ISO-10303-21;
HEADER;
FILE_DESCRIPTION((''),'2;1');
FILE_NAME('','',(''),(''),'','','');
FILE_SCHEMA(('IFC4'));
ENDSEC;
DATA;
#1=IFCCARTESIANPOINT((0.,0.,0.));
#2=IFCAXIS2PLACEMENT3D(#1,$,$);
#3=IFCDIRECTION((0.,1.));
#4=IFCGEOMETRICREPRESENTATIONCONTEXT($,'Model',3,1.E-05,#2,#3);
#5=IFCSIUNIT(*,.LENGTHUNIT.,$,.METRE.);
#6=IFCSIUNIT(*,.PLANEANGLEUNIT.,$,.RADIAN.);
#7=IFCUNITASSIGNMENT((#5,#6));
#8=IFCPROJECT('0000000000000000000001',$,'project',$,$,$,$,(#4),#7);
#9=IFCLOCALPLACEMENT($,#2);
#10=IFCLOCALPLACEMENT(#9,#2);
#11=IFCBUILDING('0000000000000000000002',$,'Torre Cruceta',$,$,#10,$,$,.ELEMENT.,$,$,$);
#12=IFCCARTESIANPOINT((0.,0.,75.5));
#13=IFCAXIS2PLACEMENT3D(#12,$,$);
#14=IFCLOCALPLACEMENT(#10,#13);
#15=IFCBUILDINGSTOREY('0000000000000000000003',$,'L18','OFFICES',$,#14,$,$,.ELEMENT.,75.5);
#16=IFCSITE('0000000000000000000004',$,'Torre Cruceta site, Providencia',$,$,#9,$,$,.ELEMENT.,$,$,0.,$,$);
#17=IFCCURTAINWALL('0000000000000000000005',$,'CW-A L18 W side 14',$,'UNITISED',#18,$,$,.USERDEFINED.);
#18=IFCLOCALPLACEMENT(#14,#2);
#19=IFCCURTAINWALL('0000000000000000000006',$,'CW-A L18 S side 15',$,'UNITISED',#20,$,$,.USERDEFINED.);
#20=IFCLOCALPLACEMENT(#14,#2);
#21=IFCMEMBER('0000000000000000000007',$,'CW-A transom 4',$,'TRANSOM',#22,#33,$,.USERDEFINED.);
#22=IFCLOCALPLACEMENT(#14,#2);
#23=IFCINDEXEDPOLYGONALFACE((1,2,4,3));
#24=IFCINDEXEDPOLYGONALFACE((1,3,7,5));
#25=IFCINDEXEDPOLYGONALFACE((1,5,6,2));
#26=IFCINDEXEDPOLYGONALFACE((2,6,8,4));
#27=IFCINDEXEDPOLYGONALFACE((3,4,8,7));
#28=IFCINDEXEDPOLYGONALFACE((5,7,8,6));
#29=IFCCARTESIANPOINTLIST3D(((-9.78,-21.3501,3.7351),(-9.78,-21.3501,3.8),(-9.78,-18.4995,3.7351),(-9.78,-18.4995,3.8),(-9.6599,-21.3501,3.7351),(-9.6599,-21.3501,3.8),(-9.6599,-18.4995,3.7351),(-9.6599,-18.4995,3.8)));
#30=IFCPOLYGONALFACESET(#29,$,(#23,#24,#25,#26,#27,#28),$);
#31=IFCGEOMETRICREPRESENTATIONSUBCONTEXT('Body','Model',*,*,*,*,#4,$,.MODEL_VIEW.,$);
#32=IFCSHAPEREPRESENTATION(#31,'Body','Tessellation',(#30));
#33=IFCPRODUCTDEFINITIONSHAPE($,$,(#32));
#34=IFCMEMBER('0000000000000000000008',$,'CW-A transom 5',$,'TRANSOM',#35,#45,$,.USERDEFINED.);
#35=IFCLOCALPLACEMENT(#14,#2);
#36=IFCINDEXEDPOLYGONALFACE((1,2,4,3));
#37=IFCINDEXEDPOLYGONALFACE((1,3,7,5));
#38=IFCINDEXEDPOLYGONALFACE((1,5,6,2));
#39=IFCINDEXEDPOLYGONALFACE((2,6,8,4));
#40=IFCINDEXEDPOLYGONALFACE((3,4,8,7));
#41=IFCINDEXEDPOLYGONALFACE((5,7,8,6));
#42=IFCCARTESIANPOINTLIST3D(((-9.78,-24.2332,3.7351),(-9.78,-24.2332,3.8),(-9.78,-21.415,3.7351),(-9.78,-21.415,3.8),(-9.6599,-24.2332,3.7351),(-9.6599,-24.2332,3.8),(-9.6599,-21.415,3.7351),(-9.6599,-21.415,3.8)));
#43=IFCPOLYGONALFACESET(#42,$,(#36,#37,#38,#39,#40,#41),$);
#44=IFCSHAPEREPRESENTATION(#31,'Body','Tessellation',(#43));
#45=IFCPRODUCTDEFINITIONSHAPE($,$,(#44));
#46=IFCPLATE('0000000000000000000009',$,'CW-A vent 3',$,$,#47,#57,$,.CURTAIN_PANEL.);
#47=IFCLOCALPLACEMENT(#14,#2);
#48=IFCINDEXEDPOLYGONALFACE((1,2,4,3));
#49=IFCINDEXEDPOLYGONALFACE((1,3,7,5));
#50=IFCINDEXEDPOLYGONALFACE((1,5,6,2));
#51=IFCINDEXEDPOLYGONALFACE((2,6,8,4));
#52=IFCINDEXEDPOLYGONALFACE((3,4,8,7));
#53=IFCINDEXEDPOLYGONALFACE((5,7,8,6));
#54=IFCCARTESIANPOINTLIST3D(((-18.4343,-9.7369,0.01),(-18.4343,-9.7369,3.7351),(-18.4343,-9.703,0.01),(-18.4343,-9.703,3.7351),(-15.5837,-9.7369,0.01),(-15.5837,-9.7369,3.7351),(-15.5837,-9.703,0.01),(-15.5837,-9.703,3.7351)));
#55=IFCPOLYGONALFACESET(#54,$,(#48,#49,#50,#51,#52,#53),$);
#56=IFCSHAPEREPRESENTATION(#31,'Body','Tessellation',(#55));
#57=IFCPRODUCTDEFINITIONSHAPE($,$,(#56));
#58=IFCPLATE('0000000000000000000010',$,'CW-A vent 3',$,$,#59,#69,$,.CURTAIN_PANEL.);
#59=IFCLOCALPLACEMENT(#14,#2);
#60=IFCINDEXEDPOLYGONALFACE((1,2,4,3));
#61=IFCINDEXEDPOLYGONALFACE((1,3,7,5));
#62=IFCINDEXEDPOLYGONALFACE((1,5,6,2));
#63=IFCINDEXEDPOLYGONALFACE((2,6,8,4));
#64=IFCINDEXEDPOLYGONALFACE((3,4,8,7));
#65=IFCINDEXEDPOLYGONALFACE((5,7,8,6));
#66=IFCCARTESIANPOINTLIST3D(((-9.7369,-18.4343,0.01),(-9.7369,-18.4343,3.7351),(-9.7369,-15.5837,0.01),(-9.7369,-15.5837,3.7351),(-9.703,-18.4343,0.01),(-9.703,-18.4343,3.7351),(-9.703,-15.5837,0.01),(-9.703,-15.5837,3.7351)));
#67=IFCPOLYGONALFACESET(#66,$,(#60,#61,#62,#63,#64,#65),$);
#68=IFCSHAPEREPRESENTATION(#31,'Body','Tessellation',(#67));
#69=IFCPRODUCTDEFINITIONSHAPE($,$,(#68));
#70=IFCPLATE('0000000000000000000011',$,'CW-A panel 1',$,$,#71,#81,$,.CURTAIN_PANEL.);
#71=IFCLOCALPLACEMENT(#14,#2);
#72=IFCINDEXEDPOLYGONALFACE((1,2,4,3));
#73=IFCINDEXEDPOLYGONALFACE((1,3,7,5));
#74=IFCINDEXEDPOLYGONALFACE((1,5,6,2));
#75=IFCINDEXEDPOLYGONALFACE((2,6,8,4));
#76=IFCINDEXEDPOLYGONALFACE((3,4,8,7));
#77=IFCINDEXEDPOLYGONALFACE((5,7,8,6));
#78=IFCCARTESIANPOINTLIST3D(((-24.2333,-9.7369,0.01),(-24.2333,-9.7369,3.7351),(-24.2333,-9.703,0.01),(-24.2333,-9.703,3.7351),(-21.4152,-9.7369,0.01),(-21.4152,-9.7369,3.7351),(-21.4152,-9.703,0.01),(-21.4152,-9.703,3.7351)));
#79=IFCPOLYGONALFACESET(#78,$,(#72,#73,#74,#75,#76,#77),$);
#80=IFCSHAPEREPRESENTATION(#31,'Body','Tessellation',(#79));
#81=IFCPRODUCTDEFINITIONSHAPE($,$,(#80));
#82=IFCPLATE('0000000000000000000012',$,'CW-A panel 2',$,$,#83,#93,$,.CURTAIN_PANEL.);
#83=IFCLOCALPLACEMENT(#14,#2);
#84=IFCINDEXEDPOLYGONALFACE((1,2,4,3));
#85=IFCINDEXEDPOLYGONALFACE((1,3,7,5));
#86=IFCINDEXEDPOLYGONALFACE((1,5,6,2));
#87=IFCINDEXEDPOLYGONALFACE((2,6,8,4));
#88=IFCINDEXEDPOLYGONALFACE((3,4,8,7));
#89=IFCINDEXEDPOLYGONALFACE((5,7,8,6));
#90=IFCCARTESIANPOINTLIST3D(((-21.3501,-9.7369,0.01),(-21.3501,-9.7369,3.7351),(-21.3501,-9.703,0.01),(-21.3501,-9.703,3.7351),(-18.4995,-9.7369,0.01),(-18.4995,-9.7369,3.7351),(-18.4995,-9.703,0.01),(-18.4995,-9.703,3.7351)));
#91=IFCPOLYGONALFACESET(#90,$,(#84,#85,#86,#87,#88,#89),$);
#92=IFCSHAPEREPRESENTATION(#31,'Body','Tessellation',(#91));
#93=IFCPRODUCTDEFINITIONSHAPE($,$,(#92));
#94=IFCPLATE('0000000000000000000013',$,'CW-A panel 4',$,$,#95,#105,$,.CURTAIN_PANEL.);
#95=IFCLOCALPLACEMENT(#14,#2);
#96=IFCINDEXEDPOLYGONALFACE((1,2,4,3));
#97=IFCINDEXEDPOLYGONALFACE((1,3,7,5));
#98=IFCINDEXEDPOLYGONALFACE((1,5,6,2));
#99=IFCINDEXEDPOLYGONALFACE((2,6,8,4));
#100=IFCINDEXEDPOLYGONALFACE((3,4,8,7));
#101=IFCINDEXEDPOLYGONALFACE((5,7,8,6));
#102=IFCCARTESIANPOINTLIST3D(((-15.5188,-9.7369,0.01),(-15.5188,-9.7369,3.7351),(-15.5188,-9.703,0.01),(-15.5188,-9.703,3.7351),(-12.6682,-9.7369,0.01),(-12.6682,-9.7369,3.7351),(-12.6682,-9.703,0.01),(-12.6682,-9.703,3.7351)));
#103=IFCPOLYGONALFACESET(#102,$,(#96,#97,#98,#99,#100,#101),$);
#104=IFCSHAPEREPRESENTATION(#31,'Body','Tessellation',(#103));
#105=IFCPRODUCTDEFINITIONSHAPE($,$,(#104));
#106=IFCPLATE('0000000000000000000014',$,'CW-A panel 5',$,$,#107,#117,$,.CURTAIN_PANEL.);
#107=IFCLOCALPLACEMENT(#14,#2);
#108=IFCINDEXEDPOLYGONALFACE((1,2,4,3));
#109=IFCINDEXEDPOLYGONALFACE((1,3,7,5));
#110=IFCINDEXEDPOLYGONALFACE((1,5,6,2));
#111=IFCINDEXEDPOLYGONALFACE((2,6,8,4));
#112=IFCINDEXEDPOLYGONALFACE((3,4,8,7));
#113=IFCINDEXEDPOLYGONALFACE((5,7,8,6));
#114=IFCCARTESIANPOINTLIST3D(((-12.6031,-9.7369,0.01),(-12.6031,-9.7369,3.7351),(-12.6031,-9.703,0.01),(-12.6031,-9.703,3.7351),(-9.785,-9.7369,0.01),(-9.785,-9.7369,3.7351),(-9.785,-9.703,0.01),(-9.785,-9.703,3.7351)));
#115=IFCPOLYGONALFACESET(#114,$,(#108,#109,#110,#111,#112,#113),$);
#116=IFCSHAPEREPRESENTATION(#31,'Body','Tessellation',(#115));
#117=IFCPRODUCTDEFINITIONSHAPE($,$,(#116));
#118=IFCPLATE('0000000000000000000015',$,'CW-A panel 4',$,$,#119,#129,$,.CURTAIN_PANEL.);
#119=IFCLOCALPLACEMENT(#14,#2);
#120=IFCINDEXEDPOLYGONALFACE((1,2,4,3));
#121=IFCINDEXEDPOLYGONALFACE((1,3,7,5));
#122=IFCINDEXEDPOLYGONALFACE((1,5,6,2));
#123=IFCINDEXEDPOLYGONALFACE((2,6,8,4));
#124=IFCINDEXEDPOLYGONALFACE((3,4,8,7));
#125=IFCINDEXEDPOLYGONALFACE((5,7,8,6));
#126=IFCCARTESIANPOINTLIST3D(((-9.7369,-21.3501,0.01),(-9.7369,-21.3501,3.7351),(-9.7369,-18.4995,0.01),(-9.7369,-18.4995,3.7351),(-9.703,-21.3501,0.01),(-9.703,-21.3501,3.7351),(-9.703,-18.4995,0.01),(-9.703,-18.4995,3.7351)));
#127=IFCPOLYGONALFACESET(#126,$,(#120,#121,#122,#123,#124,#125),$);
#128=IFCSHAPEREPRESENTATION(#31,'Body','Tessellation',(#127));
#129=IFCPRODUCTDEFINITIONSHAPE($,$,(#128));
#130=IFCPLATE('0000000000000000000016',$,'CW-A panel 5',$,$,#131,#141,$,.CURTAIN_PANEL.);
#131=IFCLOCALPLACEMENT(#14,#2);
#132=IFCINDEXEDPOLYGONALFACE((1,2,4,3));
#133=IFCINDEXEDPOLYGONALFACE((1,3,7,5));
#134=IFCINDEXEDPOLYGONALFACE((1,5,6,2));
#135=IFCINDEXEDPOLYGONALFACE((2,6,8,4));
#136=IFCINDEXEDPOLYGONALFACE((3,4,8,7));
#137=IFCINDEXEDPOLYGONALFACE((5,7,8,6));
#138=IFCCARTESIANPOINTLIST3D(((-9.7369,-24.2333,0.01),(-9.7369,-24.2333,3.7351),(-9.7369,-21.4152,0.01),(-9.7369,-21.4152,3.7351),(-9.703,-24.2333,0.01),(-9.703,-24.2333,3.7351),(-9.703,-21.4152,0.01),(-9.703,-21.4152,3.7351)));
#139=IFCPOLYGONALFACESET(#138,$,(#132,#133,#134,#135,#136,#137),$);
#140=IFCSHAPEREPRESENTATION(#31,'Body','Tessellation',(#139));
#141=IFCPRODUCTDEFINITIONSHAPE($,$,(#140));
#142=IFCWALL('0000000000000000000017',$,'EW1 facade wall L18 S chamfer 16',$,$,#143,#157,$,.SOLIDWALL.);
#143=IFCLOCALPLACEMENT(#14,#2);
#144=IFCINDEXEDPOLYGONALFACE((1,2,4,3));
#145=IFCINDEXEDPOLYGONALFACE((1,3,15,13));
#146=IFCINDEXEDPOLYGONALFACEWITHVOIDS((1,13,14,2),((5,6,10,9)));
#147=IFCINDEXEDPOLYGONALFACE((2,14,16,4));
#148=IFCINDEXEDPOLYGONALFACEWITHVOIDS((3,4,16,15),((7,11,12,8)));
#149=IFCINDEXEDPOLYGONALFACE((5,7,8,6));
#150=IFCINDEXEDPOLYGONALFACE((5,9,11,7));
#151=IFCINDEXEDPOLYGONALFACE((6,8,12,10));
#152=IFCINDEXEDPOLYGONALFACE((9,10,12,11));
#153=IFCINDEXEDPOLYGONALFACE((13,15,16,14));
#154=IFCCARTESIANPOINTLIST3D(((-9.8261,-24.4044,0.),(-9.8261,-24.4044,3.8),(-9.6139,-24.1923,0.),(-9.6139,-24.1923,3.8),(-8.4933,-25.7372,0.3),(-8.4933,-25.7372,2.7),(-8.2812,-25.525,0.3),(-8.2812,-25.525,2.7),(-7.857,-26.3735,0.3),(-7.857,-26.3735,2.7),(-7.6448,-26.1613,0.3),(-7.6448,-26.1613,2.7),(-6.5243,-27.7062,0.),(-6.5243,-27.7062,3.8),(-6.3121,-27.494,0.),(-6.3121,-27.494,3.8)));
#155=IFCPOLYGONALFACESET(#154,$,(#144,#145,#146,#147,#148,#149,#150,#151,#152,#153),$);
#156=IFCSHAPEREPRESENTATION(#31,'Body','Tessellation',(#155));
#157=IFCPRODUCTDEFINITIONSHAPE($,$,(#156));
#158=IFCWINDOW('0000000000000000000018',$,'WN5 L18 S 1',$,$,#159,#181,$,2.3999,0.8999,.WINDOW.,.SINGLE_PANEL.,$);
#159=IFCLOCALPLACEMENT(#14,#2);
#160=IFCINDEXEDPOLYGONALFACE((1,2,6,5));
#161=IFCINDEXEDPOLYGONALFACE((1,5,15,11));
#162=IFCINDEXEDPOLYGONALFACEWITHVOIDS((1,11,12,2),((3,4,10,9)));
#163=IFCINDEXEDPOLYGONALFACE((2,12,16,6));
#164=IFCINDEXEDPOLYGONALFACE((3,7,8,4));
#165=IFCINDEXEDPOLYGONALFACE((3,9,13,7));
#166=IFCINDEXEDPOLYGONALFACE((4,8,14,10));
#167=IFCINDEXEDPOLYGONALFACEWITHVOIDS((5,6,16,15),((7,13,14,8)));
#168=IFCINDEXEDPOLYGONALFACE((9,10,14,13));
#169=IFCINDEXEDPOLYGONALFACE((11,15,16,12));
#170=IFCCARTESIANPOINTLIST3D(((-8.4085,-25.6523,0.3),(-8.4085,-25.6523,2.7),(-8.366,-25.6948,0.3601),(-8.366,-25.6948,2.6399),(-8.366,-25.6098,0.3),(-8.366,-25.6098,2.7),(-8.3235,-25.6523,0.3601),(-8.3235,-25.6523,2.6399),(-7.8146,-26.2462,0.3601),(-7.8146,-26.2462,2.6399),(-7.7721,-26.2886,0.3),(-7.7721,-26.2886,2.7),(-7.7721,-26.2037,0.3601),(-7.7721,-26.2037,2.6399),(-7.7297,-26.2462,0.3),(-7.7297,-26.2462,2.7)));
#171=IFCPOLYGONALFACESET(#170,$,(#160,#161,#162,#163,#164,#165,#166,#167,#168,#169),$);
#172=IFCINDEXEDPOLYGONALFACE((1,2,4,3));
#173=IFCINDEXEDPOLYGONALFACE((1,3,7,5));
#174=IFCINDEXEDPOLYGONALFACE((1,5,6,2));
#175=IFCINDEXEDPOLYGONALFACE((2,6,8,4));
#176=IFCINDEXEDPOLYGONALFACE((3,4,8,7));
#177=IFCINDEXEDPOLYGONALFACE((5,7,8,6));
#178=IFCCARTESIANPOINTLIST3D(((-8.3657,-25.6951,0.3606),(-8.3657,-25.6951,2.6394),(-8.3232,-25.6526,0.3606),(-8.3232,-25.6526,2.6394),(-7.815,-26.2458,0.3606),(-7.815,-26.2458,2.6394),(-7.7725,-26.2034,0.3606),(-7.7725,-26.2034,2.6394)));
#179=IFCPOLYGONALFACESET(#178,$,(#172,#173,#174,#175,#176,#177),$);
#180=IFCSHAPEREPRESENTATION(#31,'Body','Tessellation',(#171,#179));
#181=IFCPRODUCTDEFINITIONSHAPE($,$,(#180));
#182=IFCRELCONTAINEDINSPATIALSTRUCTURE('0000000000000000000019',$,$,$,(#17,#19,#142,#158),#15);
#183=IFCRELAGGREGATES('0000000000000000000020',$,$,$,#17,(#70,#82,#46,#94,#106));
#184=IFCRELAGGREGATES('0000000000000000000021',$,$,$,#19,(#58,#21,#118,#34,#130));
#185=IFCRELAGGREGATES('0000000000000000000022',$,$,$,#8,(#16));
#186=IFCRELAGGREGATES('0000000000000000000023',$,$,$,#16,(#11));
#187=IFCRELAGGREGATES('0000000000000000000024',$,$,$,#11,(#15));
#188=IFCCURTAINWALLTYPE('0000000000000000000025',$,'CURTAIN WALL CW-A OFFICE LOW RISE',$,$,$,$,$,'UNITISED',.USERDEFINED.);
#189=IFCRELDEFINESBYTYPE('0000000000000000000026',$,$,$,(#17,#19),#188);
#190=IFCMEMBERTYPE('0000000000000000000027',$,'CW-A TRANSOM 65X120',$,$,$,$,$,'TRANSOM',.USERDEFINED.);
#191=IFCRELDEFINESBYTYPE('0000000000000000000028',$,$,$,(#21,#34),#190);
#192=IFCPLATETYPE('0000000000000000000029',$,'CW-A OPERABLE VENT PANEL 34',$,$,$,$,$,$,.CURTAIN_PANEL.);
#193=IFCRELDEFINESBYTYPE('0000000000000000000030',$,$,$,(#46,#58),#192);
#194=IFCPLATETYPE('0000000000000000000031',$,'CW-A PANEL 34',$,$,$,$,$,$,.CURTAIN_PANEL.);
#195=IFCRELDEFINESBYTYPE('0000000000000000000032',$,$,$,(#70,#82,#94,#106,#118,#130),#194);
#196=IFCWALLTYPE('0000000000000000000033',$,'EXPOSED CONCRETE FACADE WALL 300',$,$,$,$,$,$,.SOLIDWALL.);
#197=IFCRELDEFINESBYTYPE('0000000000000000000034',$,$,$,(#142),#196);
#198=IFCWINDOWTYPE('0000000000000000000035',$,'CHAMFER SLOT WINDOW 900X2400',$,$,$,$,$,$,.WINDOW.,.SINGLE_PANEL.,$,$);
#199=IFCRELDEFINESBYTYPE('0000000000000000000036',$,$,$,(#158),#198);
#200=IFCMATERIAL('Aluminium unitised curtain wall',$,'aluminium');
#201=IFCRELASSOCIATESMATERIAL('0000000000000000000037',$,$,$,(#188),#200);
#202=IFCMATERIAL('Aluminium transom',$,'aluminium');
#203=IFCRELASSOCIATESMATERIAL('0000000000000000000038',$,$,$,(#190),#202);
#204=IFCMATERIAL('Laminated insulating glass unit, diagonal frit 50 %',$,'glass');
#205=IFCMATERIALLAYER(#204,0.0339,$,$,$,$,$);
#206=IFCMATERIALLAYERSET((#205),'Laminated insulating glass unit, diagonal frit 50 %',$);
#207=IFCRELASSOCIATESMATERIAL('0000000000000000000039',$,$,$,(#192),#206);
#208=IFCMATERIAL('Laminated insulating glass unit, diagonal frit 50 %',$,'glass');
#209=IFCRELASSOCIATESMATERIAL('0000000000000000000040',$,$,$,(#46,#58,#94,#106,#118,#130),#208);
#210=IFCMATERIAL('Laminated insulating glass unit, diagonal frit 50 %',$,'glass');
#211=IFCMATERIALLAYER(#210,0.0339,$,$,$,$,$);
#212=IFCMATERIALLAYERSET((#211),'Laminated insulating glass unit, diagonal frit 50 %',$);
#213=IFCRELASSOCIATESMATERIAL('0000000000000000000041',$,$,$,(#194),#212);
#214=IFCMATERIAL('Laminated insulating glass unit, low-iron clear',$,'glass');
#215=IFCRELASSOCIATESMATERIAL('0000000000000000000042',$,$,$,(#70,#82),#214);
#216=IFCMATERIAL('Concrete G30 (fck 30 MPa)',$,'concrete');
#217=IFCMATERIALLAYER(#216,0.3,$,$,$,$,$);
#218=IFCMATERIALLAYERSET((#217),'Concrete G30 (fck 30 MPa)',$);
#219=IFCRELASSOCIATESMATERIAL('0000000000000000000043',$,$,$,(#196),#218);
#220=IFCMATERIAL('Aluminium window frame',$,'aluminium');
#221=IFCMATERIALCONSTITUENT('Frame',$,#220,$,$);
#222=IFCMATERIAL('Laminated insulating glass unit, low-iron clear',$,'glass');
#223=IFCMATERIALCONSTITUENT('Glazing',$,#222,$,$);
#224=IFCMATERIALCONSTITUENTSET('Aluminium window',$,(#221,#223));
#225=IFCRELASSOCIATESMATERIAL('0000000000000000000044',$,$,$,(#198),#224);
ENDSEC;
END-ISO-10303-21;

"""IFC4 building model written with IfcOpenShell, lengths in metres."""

from ifc_helpers import new_model, si_unit, direction, frame, frame_2d, origin, origin_2d, place, context, subcontext, project, spatial, rectangle, hollow_rectangle, extrude, material, layer, layer_set, constituent, constituent_set, material_profile, profile_set, type_object, element, fill, aggregate, save


model = new_model("IFC4")

# Units and contexts
model_context = context("Model", 3, precision=1e-05, world=origin(), true_north=direction((0.0, 1.0)))
body_context = subcontext(model_context, "Body", "Model", "MODEL_VIEW")
ifc_project = project(units=[si_unit("LENGTHUNIT", "METRE"), si_unit("PLANEANGLEUNIT", "RADIAN")], contexts=[model_context])

# Site, building, storey
site_placement = place(None, origin())
site = spatial("IfcSite", under=ifc_project, at=site_placement, Name="Torre Cruceta site, Providencia", CompositionType="ELEMENT", RefElevation=0.0)
building_placement = place(site_placement, origin())
building = spatial("IfcBuilding", under=site, at=building_placement, Name="Torre Cruceta", CompositionType="ELEMENT")
storey_placement = place(building_placement, frame((0.0, 0.0, 75.5)))
storey = spatial("IfcBuildingStorey", under=building, at=storey_placement, Name="L18", Description="OFFICES", CompositionType="ELEMENT", Elevation=75.5)

# Curtain walls
ifc_material_1 = material(Name="Aluminium unitised curtain wall", Category="aluminium")
curtain_wall_type = type_object("IfcCurtainWallType", Name="CURTAIN WALL CW-A OFFICE LOW RISE", ElementType="UNITISED", PredefinedType="USERDEFINED", material=ifc_material_1)
curtain_wall_1_placement = place(storey_placement, origin())
curtain_wall_1 = element("IfcCurtainWall", 1, at=curtain_wall_1_placement, inside=storey, type_object=curtain_wall_type, Name="CW-A L18 W side 14", ObjectType="UNITISED", PredefinedType="USERDEFINED")
curtain_wall_2_placement = place(storey_placement, origin())
curtain_wall_2 = element("IfcCurtainWall", 2, at=curtain_wall_2_placement, inside=storey, type_object=curtain_wall_type, Name="CW-A L18 S side 15", ObjectType="UNITISED", PredefinedType="USERDEFINED")

# Members
ifc_material_2 = material(Name="Aluminium transom", Category="aluminium")
ifc_material_profile_1 = material_profile(ifc_material_2, rectangle(XDim=0.1201, YDim=0.0649, at=origin_2d()), Name="AL 120X65")
ifc_profile_set_1 = profile_set([ifc_material_profile_1], Name="Aluminium transom")
member_type_1 = type_object("IfcMemberType", Name="CW-A TRANSOM 65X120", ElementType="TRANSOM", PredefinedType="USERDEFINED", material=ifc_profile_set_1)
member_1_placement = place(storey_placement, frame((-9.72, -18.4995, 3.7676), z_axis=(0.0, -1.0, 0.0), x_axis=(1.0, 0.0, 0.0)))
member_1 = element("IfcMember", 3, at=member_1_placement, type_object=member_type_1, Name="CW-A transom 4", ObjectType="TRANSOM", PredefinedType="USERDEFINED", context=body_context, shape_type="SweptSolid", body=[
    extrude(rectangle(XDim=0.1201, YDim=0.0649, at=origin_2d()), origin(), (0.0, 0.0, 1.0), 2.8506),
])
member_2_placement = place(storey_placement, frame((-9.72, -21.415, 3.7676), z_axis=(0.0, -1.0, 0.0), x_axis=(1.0, 0.0, 0.0)))
member_2 = element("IfcMember", 4, at=member_2_placement, type_object=member_type_1, Name="CW-A transom 5", ObjectType="TRANSOM", PredefinedType="USERDEFINED", context=body_context, shape_type="SweptSolid", body=[
    extrude(rectangle(XDim=0.1201, YDim=0.0649, at=origin_2d()), origin(), (0.0, 0.0, 1.0), 2.8181),
])

# Plates
ifc_material_3 = material(Name="Laminated insulating glass unit, diagonal frit 50 %", Category="glass")
ifc_material_4 = material(Name="Laminated insulating glass unit, diagonal frit 50 %", Category="glass")
ifc_layer_1 = layer(ifc_material_4, 0.0339)
ifc_layer_set_1 = layer_set([ifc_layer_1], Name="Laminated insulating glass unit, diagonal frit 50 %")
plate_type_1 = type_object("IfcPlateType", Name="CW-A OPERABLE VENT PANEL 34", PredefinedType="CURTAIN_PANEL", material=ifc_layer_set_1)
plate_1_placement = place(storey_placement, frame((-17.009, -9.72, 0.01), z_axis=(0.0, 0.0, 1.0), x_axis=(1.0, 0.0, 0.0)))
plate_1 = element("IfcPlate", 5, at=plate_1_placement, type_object=plate_type_1, material=ifc_material_3, Name="CW-A vent 3", PredefinedType="CURTAIN_PANEL", context=body_context, shape_type="SweptSolid", body=[
    extrude(rectangle(XDim=2.8506, YDim=0.0339, at=origin_2d()), origin(), (0.0, 0.0, 1.0), 3.7251),
])
plate_2_placement = place(storey_placement, frame((-9.72, -17.009, 0.01), z_axis=(0.0, 0.0, 1.0), x_axis=(0.0, -1.0, 0.0)))
plate_2 = element("IfcPlate", 6, at=plate_2_placement, type_object=plate_type_1, material=ifc_material_3, Name="CW-A vent 3", PredefinedType="CURTAIN_PANEL", context=body_context, shape_type="SweptSolid", body=[
    extrude(rectangle(XDim=2.8506, YDim=0.0339, at=origin_2d()), origin(), (0.0, 0.0, 1.0), 3.7251),
])
ifc_material_5 = material(Name="Laminated insulating glass unit, low-iron clear", Category="glass")
ifc_material_6 = material(Name="Laminated insulating glass unit, diagonal frit 50 %", Category="glass")
ifc_layer_2 = layer(ifc_material_6, 0.0339)
ifc_layer_set_2 = layer_set([ifc_layer_2], Name="Laminated insulating glass unit, diagonal frit 50 %")
plate_type_2 = type_object("IfcPlateType", Name="CW-A PANEL 34", PredefinedType="CURTAIN_PANEL", material=ifc_layer_set_2)
plate_3_placement = place(storey_placement, frame((-22.8242, -9.72, 0.01), z_axis=(0.0, 0.0, 1.0), x_axis=(1.0, 0.0, 0.0)))
plate_3 = element("IfcPlate", 7, at=plate_3_placement, type_object=plate_type_2, material=ifc_material_5, Name="CW-A panel 1", PredefinedType="CURTAIN_PANEL", context=body_context, shape_type="SweptSolid", body=[
    extrude(rectangle(XDim=2.8181, YDim=0.0339, at=origin_2d()), origin(), (0.0, 0.0, 1.0), 3.7251),
])
plate_4_placement = place(storey_placement, frame((-19.9248, -9.72, 0.01), z_axis=(0.0, 0.0, 1.0), x_axis=(1.0, 0.0, 0.0)))
plate_4 = element("IfcPlate", 8, at=plate_4_placement, type_object=plate_type_2, material=ifc_material_5, Name="CW-A panel 2", PredefinedType="CURTAIN_PANEL", context=body_context, shape_type="SweptSolid", body=[
    extrude(rectangle(XDim=2.8506, YDim=0.0339, at=origin_2d()), origin(), (0.0, 0.0, 1.0), 3.7251),
])
plate_5_placement = place(storey_placement, frame((-14.0935, -9.72, 0.01), z_axis=(0.0, 0.0, 1.0), x_axis=(1.0, 0.0, 0.0)))
plate_5 = element("IfcPlate", 9, at=plate_5_placement, type_object=plate_type_2, material=ifc_material_3, Name="CW-A panel 4", PredefinedType="CURTAIN_PANEL", context=body_context, shape_type="SweptSolid", body=[
    extrude(rectangle(XDim=2.8506, YDim=0.0339, at=origin_2d()), origin(), (0.0, 0.0, 1.0), 3.7251),
])
plate_6_placement = place(storey_placement, frame((-11.1941, -9.72, 0.01), z_axis=(0.0, 0.0, 1.0), x_axis=(1.0, 0.0, 0.0)))
plate_6 = element("IfcPlate", 10, at=plate_6_placement, type_object=plate_type_2, material=ifc_material_3, Name="CW-A panel 5", PredefinedType="CURTAIN_PANEL", context=body_context, shape_type="SweptSolid", body=[
    extrude(rectangle(XDim=2.8181, YDim=0.0339, at=origin_2d()), origin(), (0.0, 0.0, 1.0), 3.7251),
])
aggregate(curtain_wall_1, [plate_3, plate_4, plate_1, plate_5, plate_6])
plate_7_placement = place(storey_placement, frame((-9.72, -19.9248, 0.01), z_axis=(0.0, 0.0, 1.0), x_axis=(0.0, -1.0, 0.0)))
plate_7 = element("IfcPlate", 11, at=plate_7_placement, type_object=plate_type_2, material=ifc_material_3, Name="CW-A panel 4", PredefinedType="CURTAIN_PANEL", context=body_context, shape_type="SweptSolid", body=[
    extrude(rectangle(XDim=2.8506, YDim=0.0339, at=origin_2d()), origin(), (0.0, 0.0, 1.0), 3.7251),
])
plate_8_placement = place(storey_placement, frame((-9.72, -22.8242, 0.01), z_axis=(0.0, 0.0, 1.0), x_axis=(0.0, -1.0, 0.0)))
plate_8 = element("IfcPlate", 12, at=plate_8_placement, type_object=plate_type_2, material=ifc_material_3, Name="CW-A panel 5", PredefinedType="CURTAIN_PANEL", context=body_context, shape_type="SweptSolid", body=[
    extrude(rectangle(XDim=2.8181, YDim=0.0339, at=origin_2d()), origin(), (0.0, 0.0, 1.0), 3.7251),
])
aggregate(curtain_wall_2, [plate_2, member_1, plate_7, member_2, plate_8])

# Wall, opening, window
ifc_material_7 = material(Name="Concrete G30 (fck 30 MPa)", Category="concrete")
ifc_layer_3 = layer(ifc_material_7, 0.3)
ifc_layer_set_3 = layer_set([ifc_layer_3], Name="Concrete G30 (fck 30 MPa)")
wall_type = type_object("IfcWallType", Name="EXPOSED CONCRETE FACADE WALL 300", PredefinedType="SOLIDWALL", material=ifc_layer_set_3)
wall_placement = place(storey_placement, frame((-9.72, -24.2983, 0.0), z_axis=(0.0, 0.0, 1.0), x_axis=(0.707107, -0.707107, 0.0)))
wall = element("IfcWall", 13, at=wall_placement, inside=storey, type_object=wall_type, Name="EW1 facade wall L18 S chamfer 16", PredefinedType="SOLIDWALL", context=body_context, shape_type="SweptSolid", body=[
    extrude(rectangle(XDim=4.6694, YDim=0.3, at=frame_2d((2.3347, 0.0))), origin(), (0.0, 0.0, 1.0), 3.8),
])
opening_placement = place(wall_placement, frame((1.8848, 0.0, 0.3)))
opening = element("IfcOpeningElement", 14, at=opening_placement, cuts=wall, PredefinedType="OPENING", context=body_context, shape_type="SweptSolid", body=[
    extrude(rectangle(XDim=0.8999, YDim=2.3999, at=frame_2d((0.45, 1.2))), frame((0.0, 0.1599, 0.0), z_axis=(0.0, -1.0, 0.0), x_axis=(1.0, 0.0, 0.0)), (0.0, 0.0, 1.0), 0.3201),
])
ifc_material_8 = material(Name="Aluminium window frame", Category="aluminium")
ifc_constituent_1 = constituent(ifc_material_8, Name="Frame")
ifc_material_9 = material(Name="Laminated insulating glass unit, low-iron clear", Category="glass")
ifc_constituent_2 = constituent(ifc_material_9, Name="Glazing")
ifc_constituent_set = constituent_set(constituents=[ifc_constituent_1, ifc_constituent_2], Name="Aluminium window")
window_type = type_object("IfcWindowType", Name="CHAMFER SLOT WINDOW 900X2400", PartitioningType="SINGLE_PANEL", PredefinedType="WINDOW", material=ifc_constituent_set)
window_placement = place(opening_placement, origin())
window = element("IfcWindow", 15, at=window_placement, inside=storey, type_object=window_type, Name="WN5 L18 S 1", OverallHeight=2.3999, OverallWidth=0.8999, PartitioningType="SINGLE_PANEL", PredefinedType="WINDOW", context=body_context, shape_type="SweptSolid", body=[
    extrude(hollow_rectangle(XDim=0.8999, YDim=2.3999, WallThickness=0.0601, at=frame_2d((0.45, 1.2))), frame((0.0, 0.03, 0.0), z_axis=(0.0, -1.0, 0.0), x_axis=(1.0, 0.0, 0.0)), (0.0, 0.0, 1.0), 0.0601),
    extrude(rectangle(XDim=0.7788, YDim=2.2788, at=frame_2d((0.45, 1.2))), frame((0.0, 0.03, 0.0), z_axis=(0.0, -1.0, 0.0), x_axis=(1.0, 0.0, 0.0)), (0.0, 0.0, 1.0), 0.0601),
])
fill(opening, window)

save(model, "model.ifc")
